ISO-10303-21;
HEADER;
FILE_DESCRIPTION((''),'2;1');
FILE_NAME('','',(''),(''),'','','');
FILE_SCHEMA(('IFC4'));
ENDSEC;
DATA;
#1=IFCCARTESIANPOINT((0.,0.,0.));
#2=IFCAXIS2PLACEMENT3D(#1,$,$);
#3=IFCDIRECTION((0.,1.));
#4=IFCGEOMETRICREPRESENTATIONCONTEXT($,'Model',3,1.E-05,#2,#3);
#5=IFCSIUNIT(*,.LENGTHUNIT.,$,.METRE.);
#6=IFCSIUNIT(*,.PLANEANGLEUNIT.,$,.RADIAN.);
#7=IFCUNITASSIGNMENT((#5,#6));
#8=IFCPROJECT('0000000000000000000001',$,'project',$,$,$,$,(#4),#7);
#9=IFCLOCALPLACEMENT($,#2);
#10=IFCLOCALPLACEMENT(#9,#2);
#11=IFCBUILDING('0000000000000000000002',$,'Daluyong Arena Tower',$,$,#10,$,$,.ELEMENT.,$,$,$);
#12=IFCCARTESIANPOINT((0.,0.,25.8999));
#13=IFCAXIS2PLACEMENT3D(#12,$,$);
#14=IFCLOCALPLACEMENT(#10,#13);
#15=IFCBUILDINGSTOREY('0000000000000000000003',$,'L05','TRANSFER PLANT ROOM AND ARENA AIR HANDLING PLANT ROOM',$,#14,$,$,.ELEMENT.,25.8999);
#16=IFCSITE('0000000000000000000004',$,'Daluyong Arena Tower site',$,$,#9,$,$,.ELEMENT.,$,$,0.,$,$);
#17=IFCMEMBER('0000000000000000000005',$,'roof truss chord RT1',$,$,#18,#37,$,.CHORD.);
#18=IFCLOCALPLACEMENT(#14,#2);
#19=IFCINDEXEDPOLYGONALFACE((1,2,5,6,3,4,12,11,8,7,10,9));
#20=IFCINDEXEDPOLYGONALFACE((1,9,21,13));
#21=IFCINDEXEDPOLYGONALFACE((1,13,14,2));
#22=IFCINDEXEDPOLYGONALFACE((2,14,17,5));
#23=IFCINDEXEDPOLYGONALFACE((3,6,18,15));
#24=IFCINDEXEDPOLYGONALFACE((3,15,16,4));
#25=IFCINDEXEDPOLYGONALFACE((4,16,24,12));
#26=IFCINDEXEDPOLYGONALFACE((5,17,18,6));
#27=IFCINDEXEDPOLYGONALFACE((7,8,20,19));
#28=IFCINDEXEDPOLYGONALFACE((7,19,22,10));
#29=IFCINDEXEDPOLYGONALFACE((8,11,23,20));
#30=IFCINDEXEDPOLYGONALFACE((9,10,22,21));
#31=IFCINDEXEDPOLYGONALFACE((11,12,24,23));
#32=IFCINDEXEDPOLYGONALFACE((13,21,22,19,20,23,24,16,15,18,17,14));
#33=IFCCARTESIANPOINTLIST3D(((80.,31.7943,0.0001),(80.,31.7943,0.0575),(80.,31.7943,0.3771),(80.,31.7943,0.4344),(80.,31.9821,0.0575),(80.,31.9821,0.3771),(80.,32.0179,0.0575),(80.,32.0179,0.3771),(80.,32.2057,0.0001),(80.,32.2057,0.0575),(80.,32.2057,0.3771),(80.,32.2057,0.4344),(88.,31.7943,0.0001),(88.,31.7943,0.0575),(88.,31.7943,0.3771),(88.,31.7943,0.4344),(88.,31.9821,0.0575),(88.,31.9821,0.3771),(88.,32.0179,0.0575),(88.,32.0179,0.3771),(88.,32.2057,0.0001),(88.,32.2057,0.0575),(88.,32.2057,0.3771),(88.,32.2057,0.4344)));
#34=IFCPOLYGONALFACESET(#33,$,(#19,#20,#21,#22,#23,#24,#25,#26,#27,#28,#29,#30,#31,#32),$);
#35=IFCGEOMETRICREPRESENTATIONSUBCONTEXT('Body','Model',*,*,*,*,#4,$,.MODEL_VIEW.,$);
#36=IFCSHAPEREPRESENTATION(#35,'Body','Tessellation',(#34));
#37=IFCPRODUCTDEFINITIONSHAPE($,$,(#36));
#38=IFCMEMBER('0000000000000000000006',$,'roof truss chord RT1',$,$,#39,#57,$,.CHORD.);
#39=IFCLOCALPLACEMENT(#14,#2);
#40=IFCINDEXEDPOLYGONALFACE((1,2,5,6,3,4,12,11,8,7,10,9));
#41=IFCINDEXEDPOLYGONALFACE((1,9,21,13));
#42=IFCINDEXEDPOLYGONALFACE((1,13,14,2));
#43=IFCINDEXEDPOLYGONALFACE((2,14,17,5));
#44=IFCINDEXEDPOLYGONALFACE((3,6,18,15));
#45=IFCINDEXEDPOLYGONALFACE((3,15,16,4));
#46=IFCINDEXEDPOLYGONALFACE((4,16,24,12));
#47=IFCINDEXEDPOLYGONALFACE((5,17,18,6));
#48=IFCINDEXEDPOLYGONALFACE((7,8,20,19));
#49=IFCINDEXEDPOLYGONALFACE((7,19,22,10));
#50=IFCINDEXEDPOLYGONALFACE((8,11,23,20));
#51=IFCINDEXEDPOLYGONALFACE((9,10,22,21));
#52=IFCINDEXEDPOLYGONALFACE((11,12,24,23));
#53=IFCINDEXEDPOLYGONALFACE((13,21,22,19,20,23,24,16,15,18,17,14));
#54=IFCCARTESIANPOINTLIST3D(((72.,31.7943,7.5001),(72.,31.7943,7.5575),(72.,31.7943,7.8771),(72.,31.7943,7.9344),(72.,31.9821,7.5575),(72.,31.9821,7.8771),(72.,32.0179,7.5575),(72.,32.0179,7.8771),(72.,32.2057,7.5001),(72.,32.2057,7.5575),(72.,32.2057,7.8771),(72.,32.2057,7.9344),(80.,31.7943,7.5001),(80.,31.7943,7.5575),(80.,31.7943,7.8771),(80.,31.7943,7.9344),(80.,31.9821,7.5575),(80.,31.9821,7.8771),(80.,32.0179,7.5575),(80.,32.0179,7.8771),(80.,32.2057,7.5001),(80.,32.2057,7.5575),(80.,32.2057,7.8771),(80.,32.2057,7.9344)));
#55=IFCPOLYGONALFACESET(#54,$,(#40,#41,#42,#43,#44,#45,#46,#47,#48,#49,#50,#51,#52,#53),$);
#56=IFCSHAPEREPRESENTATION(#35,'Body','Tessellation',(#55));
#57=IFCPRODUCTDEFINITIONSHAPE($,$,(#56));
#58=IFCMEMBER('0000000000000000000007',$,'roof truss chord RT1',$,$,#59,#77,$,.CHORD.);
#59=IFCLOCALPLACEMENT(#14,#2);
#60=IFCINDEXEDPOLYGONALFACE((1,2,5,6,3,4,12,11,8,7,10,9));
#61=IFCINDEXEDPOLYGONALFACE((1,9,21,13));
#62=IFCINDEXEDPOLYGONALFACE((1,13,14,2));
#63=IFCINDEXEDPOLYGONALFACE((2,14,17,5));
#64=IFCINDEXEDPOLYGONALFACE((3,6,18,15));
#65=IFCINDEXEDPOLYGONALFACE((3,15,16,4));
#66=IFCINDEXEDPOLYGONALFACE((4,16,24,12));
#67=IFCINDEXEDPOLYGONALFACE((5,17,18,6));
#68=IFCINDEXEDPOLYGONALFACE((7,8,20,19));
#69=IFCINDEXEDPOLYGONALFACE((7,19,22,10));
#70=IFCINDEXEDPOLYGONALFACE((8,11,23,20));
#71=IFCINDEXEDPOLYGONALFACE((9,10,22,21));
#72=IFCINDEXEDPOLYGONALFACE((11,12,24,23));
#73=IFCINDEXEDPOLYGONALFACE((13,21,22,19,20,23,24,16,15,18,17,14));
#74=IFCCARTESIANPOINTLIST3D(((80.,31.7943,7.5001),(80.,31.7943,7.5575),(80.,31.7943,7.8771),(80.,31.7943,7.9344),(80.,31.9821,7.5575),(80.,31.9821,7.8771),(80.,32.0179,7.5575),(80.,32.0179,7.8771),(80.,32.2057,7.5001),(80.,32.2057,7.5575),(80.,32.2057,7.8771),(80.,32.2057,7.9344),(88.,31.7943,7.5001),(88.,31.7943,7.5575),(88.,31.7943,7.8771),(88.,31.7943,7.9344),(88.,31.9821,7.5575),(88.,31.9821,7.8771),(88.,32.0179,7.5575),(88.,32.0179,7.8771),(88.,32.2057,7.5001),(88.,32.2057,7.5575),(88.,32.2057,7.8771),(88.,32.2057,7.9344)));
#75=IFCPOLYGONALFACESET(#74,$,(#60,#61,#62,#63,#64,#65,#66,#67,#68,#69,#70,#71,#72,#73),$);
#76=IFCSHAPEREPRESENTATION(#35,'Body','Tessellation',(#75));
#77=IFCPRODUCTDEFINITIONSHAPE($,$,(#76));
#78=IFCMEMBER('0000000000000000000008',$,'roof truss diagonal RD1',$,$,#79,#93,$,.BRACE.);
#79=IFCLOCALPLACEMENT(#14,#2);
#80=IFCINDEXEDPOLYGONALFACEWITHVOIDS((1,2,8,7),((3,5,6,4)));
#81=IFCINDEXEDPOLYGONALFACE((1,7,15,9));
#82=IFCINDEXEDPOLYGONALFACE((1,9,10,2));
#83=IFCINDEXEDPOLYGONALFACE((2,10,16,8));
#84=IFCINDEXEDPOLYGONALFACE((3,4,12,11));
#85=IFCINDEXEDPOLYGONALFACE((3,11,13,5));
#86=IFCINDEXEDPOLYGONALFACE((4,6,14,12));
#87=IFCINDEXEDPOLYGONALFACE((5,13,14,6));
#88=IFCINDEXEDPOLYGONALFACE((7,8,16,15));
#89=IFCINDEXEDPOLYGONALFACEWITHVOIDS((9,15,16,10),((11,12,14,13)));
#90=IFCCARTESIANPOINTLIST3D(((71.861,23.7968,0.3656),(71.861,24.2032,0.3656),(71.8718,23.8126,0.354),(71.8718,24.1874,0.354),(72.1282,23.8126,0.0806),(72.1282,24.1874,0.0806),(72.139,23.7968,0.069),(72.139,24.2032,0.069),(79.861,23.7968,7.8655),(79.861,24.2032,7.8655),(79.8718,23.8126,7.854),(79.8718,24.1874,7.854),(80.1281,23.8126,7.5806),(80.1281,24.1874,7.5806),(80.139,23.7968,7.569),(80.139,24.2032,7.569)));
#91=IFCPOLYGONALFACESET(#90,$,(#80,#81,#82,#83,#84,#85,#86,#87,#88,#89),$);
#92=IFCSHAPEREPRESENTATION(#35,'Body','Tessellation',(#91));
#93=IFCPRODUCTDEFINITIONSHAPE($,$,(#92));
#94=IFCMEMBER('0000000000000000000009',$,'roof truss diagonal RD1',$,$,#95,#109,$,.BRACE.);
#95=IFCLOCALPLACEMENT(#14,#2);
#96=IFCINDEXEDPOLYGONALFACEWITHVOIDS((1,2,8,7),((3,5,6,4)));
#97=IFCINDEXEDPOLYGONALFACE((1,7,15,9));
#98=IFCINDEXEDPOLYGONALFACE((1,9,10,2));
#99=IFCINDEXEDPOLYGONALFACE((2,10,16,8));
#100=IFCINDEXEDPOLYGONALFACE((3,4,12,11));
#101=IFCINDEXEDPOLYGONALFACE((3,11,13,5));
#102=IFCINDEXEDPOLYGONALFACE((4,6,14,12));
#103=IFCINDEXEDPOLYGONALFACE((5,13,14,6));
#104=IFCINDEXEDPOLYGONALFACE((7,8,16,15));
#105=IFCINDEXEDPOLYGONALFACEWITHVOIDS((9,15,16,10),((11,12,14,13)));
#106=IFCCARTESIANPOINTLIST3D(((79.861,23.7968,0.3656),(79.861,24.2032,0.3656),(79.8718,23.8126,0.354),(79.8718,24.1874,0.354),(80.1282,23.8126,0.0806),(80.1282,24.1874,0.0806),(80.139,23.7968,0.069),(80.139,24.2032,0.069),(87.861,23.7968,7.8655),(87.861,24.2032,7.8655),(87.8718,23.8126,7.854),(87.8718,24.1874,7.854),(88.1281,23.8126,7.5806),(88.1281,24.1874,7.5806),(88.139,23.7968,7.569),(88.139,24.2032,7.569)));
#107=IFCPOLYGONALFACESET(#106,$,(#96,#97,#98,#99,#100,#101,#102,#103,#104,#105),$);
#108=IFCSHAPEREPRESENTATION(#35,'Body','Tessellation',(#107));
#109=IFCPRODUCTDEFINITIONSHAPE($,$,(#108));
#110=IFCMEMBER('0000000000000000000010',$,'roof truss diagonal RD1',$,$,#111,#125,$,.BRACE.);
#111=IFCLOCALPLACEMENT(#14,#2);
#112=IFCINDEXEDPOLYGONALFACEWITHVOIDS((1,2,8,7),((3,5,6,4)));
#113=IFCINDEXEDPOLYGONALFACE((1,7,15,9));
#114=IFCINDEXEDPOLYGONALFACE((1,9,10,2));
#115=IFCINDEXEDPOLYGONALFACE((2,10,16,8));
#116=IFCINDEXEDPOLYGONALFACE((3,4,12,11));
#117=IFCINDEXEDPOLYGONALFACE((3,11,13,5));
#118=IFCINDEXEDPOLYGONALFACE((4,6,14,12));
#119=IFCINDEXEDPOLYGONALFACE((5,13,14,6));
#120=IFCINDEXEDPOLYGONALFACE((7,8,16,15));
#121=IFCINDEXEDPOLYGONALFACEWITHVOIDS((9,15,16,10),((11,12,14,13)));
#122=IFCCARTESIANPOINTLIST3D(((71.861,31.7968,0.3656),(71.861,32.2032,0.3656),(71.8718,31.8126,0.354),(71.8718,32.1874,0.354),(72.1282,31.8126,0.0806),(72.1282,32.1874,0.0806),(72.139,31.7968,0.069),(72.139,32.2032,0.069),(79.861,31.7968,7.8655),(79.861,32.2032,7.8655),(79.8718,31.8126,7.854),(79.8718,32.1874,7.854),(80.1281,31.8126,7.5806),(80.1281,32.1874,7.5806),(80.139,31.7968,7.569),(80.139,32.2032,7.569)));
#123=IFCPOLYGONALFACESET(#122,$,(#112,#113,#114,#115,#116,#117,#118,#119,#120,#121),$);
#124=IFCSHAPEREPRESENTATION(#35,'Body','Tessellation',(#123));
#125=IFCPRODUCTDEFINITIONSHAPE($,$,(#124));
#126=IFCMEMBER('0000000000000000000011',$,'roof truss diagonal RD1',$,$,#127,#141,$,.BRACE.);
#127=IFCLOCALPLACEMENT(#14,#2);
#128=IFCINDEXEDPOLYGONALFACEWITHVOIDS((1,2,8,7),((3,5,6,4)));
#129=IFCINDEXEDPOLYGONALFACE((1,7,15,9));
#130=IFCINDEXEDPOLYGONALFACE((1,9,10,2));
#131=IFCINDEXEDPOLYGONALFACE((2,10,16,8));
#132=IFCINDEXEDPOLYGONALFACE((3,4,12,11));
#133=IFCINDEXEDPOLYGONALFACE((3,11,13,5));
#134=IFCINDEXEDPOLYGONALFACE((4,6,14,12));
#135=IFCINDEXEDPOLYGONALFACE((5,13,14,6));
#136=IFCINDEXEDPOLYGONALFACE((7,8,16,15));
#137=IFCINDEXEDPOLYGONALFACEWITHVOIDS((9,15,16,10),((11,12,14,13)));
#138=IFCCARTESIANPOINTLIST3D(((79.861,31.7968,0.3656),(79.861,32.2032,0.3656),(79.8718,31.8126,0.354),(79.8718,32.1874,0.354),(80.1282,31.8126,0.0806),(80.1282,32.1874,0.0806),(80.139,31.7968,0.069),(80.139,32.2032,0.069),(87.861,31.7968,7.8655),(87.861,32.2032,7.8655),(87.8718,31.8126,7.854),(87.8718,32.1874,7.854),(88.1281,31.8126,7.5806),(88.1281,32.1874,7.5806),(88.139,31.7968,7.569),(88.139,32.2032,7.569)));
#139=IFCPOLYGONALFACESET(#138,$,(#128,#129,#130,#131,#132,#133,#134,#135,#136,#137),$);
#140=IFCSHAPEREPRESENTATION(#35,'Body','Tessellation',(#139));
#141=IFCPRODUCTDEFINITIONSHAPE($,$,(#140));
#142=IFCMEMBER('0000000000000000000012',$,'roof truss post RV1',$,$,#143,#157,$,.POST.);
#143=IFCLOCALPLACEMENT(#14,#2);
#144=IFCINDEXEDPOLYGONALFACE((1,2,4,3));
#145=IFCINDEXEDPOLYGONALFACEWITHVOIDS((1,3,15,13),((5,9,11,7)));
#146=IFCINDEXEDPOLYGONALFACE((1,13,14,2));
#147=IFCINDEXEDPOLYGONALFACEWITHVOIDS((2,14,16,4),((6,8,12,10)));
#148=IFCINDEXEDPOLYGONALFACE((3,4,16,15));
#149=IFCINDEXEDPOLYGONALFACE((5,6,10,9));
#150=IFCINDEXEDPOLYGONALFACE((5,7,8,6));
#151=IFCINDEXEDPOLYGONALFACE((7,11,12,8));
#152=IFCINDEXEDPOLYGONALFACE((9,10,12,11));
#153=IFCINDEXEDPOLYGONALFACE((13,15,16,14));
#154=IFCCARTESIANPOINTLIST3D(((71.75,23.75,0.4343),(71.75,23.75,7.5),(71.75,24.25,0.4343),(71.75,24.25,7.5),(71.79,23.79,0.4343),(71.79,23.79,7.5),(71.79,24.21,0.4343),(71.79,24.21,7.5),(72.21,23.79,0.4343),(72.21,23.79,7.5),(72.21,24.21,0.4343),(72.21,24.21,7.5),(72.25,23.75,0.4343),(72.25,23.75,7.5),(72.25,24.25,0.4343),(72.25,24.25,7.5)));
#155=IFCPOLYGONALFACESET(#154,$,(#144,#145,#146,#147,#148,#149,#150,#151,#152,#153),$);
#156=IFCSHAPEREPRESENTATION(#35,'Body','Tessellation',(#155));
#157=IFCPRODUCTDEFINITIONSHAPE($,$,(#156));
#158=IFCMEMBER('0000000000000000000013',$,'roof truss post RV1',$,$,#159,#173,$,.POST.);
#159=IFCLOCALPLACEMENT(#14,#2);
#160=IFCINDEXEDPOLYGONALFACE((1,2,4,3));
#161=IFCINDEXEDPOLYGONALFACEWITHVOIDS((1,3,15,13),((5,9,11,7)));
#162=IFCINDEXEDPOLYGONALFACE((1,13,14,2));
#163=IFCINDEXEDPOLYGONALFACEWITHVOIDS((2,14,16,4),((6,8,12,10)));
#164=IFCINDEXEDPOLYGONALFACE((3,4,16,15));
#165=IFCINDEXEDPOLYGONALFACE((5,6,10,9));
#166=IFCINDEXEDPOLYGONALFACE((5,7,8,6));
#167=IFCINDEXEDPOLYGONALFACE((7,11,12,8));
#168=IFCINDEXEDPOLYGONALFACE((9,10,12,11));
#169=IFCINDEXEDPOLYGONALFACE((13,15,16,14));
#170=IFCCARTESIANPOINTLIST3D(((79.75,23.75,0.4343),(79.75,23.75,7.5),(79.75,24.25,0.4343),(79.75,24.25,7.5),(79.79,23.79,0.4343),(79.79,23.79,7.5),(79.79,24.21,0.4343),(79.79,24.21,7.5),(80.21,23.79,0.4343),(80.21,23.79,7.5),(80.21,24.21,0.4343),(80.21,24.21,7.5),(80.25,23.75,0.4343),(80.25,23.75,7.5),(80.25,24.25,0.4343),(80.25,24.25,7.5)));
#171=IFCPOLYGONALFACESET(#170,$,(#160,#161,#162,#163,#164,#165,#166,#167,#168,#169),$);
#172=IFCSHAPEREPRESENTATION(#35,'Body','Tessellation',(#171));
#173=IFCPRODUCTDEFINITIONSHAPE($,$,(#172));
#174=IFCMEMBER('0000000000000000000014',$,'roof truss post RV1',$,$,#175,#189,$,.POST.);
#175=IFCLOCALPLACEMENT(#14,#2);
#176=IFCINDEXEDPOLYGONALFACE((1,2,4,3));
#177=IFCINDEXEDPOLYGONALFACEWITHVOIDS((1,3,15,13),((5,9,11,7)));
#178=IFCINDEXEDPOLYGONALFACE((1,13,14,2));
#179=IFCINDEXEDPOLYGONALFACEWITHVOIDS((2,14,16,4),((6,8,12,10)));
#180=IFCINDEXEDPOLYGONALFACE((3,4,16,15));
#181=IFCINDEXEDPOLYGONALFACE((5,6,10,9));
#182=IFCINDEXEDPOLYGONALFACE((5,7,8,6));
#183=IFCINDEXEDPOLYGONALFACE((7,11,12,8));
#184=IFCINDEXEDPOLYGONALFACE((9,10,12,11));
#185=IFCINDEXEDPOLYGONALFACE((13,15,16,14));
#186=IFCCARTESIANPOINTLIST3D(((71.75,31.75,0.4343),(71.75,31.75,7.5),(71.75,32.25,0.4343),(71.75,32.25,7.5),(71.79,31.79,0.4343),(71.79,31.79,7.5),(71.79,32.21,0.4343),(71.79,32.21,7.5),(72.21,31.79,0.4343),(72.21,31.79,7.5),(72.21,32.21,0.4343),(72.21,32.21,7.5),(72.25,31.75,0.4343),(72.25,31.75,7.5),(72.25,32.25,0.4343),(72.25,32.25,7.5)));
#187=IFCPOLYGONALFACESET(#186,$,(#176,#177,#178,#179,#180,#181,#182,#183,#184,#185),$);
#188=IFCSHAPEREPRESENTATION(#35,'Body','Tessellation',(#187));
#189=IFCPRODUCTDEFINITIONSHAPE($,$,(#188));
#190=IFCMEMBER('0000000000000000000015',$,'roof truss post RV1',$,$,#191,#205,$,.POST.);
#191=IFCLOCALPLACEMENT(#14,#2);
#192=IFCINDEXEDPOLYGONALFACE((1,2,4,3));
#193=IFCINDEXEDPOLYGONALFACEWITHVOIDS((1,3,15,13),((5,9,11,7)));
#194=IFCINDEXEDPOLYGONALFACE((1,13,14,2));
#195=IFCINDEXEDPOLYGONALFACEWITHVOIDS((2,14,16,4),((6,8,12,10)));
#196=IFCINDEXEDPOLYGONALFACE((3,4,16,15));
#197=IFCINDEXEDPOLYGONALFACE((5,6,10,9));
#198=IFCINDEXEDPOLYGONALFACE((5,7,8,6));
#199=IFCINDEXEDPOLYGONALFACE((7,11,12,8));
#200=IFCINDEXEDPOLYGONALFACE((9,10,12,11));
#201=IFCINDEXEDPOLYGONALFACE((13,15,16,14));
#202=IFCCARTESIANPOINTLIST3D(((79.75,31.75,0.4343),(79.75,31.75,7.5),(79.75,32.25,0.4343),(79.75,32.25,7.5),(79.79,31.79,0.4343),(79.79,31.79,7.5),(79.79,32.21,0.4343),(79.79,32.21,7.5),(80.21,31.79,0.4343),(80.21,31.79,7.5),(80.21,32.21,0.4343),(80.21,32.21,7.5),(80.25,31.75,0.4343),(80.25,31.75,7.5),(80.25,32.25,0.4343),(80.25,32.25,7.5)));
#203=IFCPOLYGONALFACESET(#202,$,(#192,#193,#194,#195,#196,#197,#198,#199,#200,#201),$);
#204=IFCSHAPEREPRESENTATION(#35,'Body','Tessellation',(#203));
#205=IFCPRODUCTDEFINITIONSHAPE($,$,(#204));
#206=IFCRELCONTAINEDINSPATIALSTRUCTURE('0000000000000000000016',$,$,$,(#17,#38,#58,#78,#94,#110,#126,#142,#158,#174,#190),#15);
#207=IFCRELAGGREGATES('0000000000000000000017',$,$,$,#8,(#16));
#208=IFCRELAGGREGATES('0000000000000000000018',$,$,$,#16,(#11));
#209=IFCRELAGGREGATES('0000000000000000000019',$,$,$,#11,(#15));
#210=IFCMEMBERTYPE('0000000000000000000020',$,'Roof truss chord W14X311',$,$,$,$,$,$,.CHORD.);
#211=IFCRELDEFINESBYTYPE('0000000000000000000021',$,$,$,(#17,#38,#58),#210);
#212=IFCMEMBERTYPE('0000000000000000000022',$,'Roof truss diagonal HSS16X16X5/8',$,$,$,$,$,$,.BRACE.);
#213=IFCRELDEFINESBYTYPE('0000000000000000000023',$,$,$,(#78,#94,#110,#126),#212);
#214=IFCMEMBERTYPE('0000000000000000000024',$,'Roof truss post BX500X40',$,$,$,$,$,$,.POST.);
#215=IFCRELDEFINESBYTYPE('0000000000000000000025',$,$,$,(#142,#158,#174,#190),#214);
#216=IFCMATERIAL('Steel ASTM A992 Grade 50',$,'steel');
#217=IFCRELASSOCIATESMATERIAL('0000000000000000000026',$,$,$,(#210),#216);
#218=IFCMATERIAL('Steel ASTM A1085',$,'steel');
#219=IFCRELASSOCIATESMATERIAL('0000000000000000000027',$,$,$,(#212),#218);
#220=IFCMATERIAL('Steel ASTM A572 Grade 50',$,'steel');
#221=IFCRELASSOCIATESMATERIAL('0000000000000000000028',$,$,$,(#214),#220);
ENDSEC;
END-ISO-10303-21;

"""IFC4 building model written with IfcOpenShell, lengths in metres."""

from ifc_helpers import new_model, si_unit, direction, frame, origin, origin_2d, place, context, subcontext, project, spatial, hollow_rectangle, i_section, extrude, material, material_profile, profile_set, type_object, element, save


model = new_model("IFC4")

# Units and contexts
model_context = context("Model", 3, precision=1e-05, world=origin(), true_north=direction((0.0, 1.0)))
body_context = subcontext(model_context, "Body", "Model", "MODEL_VIEW")
ifc_project = project(units=[si_unit("LENGTHUNIT", "METRE"), si_unit("PLANEANGLEUNIT", "RADIAN")], contexts=[model_context])

# Site, building, storey
site_placement = place(None, origin())
site = spatial("IfcSite", under=ifc_project, at=site_placement, Name="Daluyong Arena Tower site", CompositionType="ELEMENT", RefElevation=0.0)
building_placement = place(site_placement, origin())
building = spatial("IfcBuilding", under=site, at=building_placement, Name="Daluyong Arena Tower", CompositionType="ELEMENT")
storey_placement = place(building_placement, frame((0.0, 0.0, 25.8999)))
storey = spatial("IfcBuildingStorey", under=building, at=storey_placement, Name="L05", Description="TRANSFER PLANT ROOM AND ARENA AIR HANDLING PLANT ROOM", CompositionType="ELEMENT", Elevation=25.8999)

# Members
ifc_material_1 = material(Name="Steel ASTM A992 Grade 50", Category="steel")
ifc_material_profile_1 = material_profile(ifc_material_1, i_section(OverallWidth=0.4114, OverallDepth=0.4343, WebThickness=0.0359, FlangeThickness=0.0574, at=origin_2d()))
ifc_profile_set_1 = profile_set([ifc_material_profile_1], Name="Steel ASTM A992 Grade 50")
member_type_1 = type_object("IfcMemberType", Name="Roof truss chord W14X311", PredefinedType="CHORD", material=ifc_profile_set_1)
for number, where, z_axis, x_axis, name in (
    (1, (80.0, 32.0, 0.2173), (1.0, 0.0, 0.0), (0.0, 1.0, 0.0), "roof truss chord RT1"),
    (2, (72.0, 32.0, 7.7173), (1.0, 0.0, 0.0), (0.0, 1.0, 0.0), "roof truss chord RT1"),
    (3, (80.0, 32.0, 7.7173), (1.0, 0.0, 0.0), (0.0, 1.0, 0.0), "roof truss chord RT1"),
):
    element("IfcMember", number, at=place(storey_placement, frame(where, z_axis=z_axis, x_axis=x_axis)), inside=storey, type_object=member_type_1, Name=name, PredefinedType="CHORD", context=body_context, shape_type="SweptSolid", body=[
        extrude(i_section(OverallWidth=0.4114, OverallDepth=0.4343, WebThickness=0.0359, FlangeThickness=0.0574, at=origin_2d()), origin(), (0.0, 0.0, 1.0), 8.0),
    ])
ifc_material_2 = material(Name="Steel ASTM A1085", Category="steel")
ifc_material_profile_2 = material_profile(ifc_material_2, hollow_rectangle(XDim=0.4065, YDim=0.4065, WallThickness=0.0159, at=origin_2d()))
ifc_profile_set_2 = profile_set([ifc_material_profile_2], Name="Steel ASTM A1085")
member_type_2 = type_object("IfcMemberType", Name="Roof truss diagonal HSS16X16X5/8", PredefinedType="BRACE", material=ifc_profile_set_2)
for number, where, z_axis, x_axis, name in (
    (4, (72.0, 24.0, 0.2173), (0.729537, 0.0, 0.683941), (0.0, 1.0, 0.0), "roof truss diagonal RD1"),
    (5, (80.0, 24.0, 0.2173), (0.729537, 0.0, 0.683941), (0.0, 1.0, 0.0), "roof truss diagonal RD1"),
    (6, (72.0, 32.0, 0.2173), (0.729537, 0.0, 0.683941), (0.0, 1.0, 0.0), "roof truss diagonal RD1"),
    (7, (80.0, 32.0, 0.2173), (0.729537, 0.0, 0.683941), (0.0, 1.0, 0.0), "roof truss diagonal RD1"),
):
    element("IfcMember", number, at=place(storey_placement, frame(where, z_axis=z_axis, x_axis=x_axis)), inside=storey, type_object=member_type_2, Name=name, PredefinedType="BRACE", context=body_context, shape_type="SweptSolid", body=[
        extrude(hollow_rectangle(XDim=0.4065, YDim=0.4065, WallThickness=0.0159, at=origin_2d()), origin(), (0.0, 0.0, 1.0), 10.9658),
    ])
ifc_material_3 = material(Name="Steel ASTM A572 Grade 50", Category="steel")
ifc_material_profile_3 = material_profile(ifc_material_3, hollow_rectangle(XDim=0.5, YDim=0.5, WallThickness=0.04, at=origin_2d()))
ifc_profile_set_3 = profile_set([ifc_material_profile_3], Name="Steel ASTM A572 Grade 50")
member_type_3 = type_object("IfcMemberType", Name="Roof truss post BX500X40", PredefinedType="POST", material=ifc_profile_set_3)
for number, where, z_axis, x_axis, name in (
    (8, (72.0, 24.0, 0.4343), (0.0, 0.0, 1.0), (1.0, 0.0, 0.0), "roof truss post RV1"),
    (9, (80.0, 24.0, 0.4343), (0.0, 0.0, 1.0), (1.0, 0.0, 0.0), "roof truss post RV1"),
    (10, (72.0, 32.0, 0.4343), (0.0, 0.0, 1.0), (1.0, 0.0, 0.0), "roof truss post RV1"),
    (11, (80.0, 32.0, 0.4343), (0.0, 0.0, 1.0), (1.0, 0.0, 0.0), "roof truss post RV1"),
):
    element("IfcMember", number, at=place(storey_placement, frame(where, z_axis=z_axis, x_axis=x_axis)), inside=storey, type_object=member_type_3, Name=name, PredefinedType="POST", context=body_context, shape_type="SweptSolid", body=[
        extrude(hollow_rectangle(XDim=0.5, YDim=0.5, WallThickness=0.04, at=origin_2d()), origin(), (0.0, 0.0, 1.0), 7.0657),
    ])

save(model, "model.ifc")
